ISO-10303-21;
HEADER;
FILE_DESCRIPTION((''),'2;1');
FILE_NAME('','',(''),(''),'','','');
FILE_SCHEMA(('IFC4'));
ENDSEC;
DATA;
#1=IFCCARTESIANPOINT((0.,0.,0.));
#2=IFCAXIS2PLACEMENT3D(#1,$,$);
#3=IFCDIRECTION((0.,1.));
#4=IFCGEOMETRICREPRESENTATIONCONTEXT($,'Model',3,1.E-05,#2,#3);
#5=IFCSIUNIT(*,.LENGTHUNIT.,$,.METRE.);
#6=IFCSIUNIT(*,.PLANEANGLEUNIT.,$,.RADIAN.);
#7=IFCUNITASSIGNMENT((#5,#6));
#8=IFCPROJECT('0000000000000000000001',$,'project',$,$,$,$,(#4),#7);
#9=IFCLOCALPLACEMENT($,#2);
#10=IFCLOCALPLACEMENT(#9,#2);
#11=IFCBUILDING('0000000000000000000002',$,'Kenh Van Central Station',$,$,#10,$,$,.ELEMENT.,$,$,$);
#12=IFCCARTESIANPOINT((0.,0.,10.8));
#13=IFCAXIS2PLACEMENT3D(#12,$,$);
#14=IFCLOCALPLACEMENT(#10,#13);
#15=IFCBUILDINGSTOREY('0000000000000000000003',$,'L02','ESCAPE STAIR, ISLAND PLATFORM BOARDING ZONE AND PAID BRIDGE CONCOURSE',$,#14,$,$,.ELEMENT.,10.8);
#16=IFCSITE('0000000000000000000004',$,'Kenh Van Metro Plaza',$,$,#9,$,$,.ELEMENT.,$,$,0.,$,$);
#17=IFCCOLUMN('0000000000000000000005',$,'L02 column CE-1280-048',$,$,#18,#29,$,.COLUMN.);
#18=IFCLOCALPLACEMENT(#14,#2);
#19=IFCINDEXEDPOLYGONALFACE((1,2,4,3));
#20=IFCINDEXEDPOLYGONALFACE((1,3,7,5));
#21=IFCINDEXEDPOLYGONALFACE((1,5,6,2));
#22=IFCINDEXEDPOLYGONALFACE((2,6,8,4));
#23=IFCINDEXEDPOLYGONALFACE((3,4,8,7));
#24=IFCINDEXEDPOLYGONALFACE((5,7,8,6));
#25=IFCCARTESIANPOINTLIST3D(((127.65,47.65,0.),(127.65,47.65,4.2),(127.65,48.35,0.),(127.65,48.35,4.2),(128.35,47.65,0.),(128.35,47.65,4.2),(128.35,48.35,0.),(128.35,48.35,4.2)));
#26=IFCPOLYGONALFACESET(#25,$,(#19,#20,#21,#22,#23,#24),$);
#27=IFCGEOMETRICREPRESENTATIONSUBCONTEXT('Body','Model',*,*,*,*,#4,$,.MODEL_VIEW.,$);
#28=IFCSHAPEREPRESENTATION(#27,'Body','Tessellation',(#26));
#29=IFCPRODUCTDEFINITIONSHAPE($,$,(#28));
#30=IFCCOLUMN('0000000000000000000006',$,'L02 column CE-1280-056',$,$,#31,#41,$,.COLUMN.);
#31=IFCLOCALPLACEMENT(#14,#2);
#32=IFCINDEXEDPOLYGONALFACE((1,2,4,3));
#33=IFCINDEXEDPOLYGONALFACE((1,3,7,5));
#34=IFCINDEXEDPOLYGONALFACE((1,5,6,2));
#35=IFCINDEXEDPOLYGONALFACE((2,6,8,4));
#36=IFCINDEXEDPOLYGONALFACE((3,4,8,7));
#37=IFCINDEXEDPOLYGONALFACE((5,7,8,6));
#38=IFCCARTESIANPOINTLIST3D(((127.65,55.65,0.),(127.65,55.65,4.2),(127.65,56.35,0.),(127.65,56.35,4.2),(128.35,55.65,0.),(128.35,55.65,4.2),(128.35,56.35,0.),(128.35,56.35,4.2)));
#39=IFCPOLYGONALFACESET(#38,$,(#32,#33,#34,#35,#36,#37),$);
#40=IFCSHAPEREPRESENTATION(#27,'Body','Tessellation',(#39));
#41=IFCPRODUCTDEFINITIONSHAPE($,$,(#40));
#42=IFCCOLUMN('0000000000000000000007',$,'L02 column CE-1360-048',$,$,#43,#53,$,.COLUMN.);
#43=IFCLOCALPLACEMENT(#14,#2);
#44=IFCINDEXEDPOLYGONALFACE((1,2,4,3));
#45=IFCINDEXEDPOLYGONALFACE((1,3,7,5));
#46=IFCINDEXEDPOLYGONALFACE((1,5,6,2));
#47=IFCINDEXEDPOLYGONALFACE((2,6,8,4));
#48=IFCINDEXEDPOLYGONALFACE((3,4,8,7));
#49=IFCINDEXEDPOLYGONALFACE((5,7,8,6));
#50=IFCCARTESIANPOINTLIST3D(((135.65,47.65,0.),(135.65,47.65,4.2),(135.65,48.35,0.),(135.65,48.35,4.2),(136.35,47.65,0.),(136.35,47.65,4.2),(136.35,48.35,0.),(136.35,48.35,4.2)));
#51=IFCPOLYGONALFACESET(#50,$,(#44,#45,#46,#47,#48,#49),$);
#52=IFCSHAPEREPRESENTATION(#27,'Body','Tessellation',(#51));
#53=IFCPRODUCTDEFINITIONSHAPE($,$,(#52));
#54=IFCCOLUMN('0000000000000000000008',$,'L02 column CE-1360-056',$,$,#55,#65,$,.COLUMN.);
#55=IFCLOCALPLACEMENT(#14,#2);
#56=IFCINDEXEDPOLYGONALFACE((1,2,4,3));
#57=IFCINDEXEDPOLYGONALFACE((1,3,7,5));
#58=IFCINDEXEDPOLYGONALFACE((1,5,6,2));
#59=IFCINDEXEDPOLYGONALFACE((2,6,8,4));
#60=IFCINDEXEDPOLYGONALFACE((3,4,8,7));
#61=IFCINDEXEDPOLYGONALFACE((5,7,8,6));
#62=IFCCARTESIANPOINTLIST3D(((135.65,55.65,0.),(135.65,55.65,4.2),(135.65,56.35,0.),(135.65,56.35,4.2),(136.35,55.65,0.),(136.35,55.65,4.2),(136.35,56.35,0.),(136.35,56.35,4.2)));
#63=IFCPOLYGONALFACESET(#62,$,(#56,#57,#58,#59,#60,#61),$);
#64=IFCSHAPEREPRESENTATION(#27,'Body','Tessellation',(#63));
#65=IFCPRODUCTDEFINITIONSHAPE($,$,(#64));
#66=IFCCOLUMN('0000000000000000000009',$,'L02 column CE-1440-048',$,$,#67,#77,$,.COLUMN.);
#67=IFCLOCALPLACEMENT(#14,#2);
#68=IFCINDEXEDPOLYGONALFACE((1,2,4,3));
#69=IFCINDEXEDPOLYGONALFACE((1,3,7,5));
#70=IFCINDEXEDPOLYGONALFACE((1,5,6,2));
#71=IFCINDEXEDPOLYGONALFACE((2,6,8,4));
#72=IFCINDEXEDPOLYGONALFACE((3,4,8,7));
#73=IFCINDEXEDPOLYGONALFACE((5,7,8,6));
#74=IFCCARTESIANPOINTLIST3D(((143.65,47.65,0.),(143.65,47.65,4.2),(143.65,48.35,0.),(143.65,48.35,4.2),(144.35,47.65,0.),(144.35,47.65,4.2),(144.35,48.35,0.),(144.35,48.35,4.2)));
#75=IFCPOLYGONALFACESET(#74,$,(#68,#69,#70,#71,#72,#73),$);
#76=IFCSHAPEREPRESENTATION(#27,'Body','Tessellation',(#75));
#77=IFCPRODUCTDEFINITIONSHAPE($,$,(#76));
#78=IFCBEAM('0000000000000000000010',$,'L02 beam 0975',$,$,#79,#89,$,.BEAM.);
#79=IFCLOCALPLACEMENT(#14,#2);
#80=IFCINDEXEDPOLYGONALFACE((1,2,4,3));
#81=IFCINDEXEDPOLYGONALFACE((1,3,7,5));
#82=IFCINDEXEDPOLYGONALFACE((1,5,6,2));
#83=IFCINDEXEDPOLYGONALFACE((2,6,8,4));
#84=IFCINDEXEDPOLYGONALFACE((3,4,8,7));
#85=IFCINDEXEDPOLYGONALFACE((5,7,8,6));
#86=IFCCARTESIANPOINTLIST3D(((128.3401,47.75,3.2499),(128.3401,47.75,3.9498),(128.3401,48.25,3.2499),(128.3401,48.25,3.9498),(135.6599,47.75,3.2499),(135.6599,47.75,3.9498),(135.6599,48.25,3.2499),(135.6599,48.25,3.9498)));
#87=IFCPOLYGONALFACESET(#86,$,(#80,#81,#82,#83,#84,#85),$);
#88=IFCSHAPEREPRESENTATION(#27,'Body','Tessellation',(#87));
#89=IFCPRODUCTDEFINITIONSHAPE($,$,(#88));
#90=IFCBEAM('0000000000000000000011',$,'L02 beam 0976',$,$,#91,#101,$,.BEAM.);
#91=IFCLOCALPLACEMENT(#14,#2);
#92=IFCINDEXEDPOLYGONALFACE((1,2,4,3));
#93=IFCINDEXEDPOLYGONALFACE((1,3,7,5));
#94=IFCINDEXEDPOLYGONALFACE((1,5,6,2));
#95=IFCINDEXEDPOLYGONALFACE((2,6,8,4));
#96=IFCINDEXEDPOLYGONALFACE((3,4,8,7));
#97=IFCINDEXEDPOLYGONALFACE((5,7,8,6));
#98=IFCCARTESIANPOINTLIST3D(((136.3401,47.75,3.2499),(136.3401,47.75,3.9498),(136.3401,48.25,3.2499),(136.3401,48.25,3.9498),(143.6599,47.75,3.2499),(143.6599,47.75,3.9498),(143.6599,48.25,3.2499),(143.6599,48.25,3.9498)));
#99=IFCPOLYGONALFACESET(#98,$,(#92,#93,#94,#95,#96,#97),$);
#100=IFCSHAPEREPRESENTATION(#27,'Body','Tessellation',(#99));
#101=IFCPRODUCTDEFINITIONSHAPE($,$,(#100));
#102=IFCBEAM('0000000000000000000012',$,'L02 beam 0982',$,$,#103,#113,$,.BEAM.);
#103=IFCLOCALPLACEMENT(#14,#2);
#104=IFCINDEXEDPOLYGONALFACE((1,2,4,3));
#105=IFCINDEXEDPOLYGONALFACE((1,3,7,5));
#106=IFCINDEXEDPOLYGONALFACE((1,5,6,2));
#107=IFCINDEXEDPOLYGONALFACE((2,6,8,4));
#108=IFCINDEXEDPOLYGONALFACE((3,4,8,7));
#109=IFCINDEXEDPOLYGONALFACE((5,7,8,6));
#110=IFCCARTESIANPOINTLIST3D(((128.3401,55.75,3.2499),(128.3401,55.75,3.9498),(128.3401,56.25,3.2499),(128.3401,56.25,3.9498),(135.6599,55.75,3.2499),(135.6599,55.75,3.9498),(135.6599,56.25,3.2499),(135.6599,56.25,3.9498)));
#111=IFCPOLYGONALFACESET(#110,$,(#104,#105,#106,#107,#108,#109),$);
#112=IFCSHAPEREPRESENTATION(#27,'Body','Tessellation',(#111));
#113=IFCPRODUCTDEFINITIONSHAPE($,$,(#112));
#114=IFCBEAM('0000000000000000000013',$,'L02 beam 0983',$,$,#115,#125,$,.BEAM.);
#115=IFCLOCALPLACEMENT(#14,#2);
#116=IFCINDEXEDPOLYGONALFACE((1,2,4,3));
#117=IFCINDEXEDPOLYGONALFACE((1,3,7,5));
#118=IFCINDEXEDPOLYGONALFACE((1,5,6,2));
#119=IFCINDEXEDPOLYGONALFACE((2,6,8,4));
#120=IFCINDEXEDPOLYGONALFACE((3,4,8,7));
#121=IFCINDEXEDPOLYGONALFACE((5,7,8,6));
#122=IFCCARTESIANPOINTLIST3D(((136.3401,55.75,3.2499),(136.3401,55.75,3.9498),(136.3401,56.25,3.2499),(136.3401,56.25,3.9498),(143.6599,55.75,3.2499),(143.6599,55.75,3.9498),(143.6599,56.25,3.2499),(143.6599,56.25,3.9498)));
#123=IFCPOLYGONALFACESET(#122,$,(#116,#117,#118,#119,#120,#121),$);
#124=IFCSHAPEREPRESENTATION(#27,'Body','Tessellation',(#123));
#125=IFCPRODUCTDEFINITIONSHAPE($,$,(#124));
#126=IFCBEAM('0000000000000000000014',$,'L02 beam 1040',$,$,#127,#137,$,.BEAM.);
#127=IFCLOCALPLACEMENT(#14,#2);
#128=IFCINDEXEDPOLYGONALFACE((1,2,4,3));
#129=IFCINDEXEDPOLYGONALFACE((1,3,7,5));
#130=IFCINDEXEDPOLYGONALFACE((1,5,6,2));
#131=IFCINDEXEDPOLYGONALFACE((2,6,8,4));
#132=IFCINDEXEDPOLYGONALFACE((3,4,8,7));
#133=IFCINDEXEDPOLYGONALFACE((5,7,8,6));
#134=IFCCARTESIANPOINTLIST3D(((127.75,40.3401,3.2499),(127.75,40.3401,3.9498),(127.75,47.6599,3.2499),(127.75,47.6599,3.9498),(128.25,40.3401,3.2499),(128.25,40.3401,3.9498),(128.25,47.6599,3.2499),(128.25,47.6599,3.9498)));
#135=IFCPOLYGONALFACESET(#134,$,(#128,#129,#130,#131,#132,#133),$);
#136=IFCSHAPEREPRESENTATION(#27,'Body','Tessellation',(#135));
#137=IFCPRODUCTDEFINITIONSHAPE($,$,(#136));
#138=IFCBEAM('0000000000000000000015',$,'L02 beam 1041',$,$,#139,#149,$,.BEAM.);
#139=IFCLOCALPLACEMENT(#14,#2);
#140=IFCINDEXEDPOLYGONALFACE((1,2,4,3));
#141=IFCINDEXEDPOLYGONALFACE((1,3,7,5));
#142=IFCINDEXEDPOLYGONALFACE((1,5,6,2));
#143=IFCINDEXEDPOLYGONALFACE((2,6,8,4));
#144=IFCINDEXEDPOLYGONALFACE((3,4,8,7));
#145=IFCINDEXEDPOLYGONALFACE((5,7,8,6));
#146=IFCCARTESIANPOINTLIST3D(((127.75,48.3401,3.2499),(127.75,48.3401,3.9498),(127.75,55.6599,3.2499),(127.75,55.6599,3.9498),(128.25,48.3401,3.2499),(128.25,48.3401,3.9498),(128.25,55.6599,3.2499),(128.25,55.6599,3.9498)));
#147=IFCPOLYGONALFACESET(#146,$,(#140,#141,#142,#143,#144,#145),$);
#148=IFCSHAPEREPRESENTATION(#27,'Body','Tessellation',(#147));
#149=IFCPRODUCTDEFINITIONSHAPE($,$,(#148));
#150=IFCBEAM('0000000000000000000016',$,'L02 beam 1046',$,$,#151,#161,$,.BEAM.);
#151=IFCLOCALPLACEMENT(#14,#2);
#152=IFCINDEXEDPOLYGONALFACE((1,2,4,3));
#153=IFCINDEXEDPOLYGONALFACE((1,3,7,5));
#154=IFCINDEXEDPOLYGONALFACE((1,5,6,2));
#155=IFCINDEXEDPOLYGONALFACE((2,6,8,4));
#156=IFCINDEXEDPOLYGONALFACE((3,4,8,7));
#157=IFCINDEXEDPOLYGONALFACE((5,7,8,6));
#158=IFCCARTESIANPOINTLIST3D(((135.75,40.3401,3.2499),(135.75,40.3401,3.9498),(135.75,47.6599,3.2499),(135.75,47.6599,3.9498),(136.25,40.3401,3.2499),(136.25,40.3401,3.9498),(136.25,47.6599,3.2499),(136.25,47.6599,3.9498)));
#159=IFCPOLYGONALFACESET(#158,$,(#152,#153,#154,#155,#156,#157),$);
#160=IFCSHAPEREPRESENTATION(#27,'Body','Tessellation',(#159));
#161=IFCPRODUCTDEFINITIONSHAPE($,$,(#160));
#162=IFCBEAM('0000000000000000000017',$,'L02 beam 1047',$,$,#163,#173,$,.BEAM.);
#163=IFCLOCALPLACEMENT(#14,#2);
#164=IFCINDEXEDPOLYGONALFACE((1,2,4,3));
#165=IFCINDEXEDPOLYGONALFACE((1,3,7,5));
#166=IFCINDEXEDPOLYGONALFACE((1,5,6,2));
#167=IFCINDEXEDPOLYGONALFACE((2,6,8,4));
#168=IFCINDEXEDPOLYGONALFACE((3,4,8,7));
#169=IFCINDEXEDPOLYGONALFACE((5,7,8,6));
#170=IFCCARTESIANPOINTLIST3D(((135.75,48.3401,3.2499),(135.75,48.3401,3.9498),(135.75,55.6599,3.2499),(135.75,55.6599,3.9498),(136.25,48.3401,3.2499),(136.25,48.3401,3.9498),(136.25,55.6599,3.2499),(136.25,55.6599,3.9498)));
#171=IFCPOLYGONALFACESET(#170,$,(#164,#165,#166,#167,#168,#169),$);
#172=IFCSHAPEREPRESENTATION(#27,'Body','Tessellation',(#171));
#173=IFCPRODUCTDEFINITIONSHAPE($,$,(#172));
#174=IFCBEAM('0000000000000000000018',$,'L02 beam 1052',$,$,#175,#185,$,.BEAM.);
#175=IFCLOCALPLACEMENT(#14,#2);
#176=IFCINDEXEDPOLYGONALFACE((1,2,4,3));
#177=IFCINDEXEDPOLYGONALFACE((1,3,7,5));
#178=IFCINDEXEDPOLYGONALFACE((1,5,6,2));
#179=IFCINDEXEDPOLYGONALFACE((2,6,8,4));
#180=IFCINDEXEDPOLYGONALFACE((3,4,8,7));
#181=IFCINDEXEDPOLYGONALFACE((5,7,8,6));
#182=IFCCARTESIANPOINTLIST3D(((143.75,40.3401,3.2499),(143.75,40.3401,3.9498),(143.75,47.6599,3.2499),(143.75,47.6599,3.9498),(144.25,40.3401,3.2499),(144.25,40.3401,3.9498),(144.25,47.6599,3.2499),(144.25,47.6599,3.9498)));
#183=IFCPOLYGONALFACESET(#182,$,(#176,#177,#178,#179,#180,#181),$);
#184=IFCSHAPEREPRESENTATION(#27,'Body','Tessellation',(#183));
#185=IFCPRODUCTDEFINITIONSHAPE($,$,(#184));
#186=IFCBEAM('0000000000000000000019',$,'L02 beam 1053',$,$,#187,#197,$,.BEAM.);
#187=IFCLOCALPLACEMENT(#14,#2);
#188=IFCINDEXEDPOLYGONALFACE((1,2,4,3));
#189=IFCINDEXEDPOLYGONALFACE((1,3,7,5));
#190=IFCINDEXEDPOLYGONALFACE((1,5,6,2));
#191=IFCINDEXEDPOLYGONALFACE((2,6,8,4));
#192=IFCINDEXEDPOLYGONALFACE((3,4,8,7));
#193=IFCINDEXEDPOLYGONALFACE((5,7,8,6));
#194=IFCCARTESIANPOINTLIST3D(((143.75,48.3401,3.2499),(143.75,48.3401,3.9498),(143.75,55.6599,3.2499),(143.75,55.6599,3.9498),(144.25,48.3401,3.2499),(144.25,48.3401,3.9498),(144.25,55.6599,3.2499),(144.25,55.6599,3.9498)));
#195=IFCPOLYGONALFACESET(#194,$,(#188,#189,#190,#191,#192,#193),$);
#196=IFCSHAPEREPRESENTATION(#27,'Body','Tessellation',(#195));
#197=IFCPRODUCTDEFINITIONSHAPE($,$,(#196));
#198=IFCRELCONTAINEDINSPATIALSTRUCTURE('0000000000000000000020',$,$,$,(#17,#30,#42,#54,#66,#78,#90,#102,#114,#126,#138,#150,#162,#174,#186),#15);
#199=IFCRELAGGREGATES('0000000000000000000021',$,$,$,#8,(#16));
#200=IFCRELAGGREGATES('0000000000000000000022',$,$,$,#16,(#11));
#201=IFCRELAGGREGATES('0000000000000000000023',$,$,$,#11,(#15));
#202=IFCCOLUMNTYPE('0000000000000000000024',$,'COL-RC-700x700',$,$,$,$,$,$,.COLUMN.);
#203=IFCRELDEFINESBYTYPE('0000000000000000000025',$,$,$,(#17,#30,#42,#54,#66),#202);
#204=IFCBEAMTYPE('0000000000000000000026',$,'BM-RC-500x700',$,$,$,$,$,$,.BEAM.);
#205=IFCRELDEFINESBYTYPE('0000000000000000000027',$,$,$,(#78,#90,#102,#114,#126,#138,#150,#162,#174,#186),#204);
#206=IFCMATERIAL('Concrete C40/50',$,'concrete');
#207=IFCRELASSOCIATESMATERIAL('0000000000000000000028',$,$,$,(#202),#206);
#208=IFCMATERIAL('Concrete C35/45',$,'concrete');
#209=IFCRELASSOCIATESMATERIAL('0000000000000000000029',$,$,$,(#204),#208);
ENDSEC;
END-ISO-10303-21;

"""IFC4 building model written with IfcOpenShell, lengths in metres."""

from ifc_helpers import new_model, si_unit, direction, frame, origin, origin_2d, place, context, subcontext, project, spatial, rectangle, extrude, material, material_profile, profile_set, type_object, element, save


model = new_model("IFC4")

# Units and contexts
model_context = context("Model", 3, precision=1e-05, world=origin(), true_north=direction((0.0, 1.0)))
body_context = subcontext(model_context, "Body", "Model", "MODEL_VIEW")
ifc_project = project(units=[si_unit("LENGTHUNIT", "METRE"), si_unit("PLANEANGLEUNIT", "RADIAN")], contexts=[model_context])

# Site, building, storey
site_placement = place(None, origin())
site = spatial("IfcSite", under=ifc_project, at=site_placement, Name="Kenh Van Metro Plaza", CompositionType="ELEMENT", RefElevation=0.0)
building_placement = place(site_placement, origin())
building = spatial("IfcBuilding", under=site, at=building_placement, Name="Kenh Van Central Station", CompositionType="ELEMENT")
storey_placement = place(building_placement, frame((0.0, 0.0, 10.8)))
storey = spatial("IfcBuildingStorey", under=building, at=storey_placement, Name="L02", Description="ESCAPE STAIR, ISLAND PLATFORM BOARDING ZONE AND PAID BRIDGE CONCOURSE", CompositionType="ELEMENT", Elevation=10.8)

# Columns
ifc_material_1 = material(Name="Concrete C40/50", Category="concrete")
ifc_material_profile_1 = material_profile(ifc_material_1, rectangle(XDim=0.7, YDim=0.7, at=origin_2d()), Name="RC 700x700")
ifc_profile_set_1 = profile_set([ifc_material_profile_1], Name="Concrete C40/50")
column_type = type_object("IfcColumnType", Name="COL-RC-700x700", PredefinedType="COLUMN", material=ifc_profile_set_1)
for number, where, z_axis, x_axis, name in (
    (1, (128.0, 48.0, 0.0), (0.0, 0.0, 1.0), (1.0, 0.0, 0.0), "L02 column CE-1280-048"),
    (2, (128.0, 56.0, 0.0), (0.0, 0.0, 1.0), (1.0, 0.0, 0.0), "L02 column CE-1280-056"),
    (3, (136.0, 48.0, 0.0), (0.0, 0.0, 1.0), (1.0, 0.0, 0.0), "L02 column CE-1360-048"),
    (4, (136.0, 56.0, 0.0), (0.0, 0.0, 1.0), (1.0, 0.0, 0.0), "L02 column CE-1360-056"),
    (5, (144.0, 48.0, 0.0), (0.0, 0.0, 1.0), (1.0, 0.0, 0.0), "L02 column CE-1440-048"),
):
    element("IfcColumn", number, at=place(storey_placement, frame(where, z_axis=z_axis, x_axis=x_axis)), inside=storey, type_object=column_type, Name=name, PredefinedType="COLUMN", context=body_context, shape_type="SweptSolid", body=[
        extrude(rectangle(XDim=0.7, YDim=0.7, at=origin_2d()), origin(), (0.0, 0.0, 1.0), 4.2),
    ])

# Beams
ifc_material_2 = material(Name="Concrete C35/45", Category="concrete")
ifc_material_profile_2 = material_profile(ifc_material_2, rectangle(XDim=0.5, YDim=0.7, at=origin_2d()), Name="RC 500x700")
ifc_profile_set_2 = profile_set([ifc_material_profile_2], Name="Concrete C35/45")
beam_type_1 = type_object("IfcBeamType", Name="BM-RC-500x700", PredefinedType="BEAM", material=ifc_profile_set_2)
for number, where, z_axis, x_axis, name in (
    (6, (128.3401, 48.0, 3.5999), (1.0, 0.0, 0.0), (0.0, 1.0, 0.0), "L02 beam 0975"),
    (7, (136.3401, 48.0, 3.5999), (1.0, 0.0, 0.0), (0.0, 1.0, 0.0), "L02 beam 0976"),
    (8, (128.3401, 56.0, 3.5999), (1.0, 0.0, 0.0), (0.0, 1.0, 0.0), "L02 beam 0982"),
    (9, (136.3401, 56.0, 3.5999), (1.0, 0.0, 0.0), (0.0, 1.0, 0.0), "L02 beam 0983"),
    (10, (128.0, 40.3401, 3.5999), (0.0, 1.0, 0.0), (-1.0, 0.0, 0.0), "L02 beam 1040"),
    (11, (128.0, 48.3401, 3.5999), (0.0, 1.0, 0.0), (-1.0, 0.0, 0.0), "L02 beam 1041"),
    (12, (136.0, 40.3401, 3.5999), (0.0, 1.0, 0.0), (-1.0, 0.0, 0.0), "L02 beam 1046"),
    (13, (136.0, 48.3401, 3.5999), (0.0, 1.0, 0.0), (-1.0, 0.0, 0.0), "L02 beam 1047"),
    (14, (144.0, 40.3401, 3.5999), (0.0, 1.0, 0.0), (-1.0, 0.0, 0.0), "L02 beam 1052"),
    (15, (144.0, 48.3401, 3.5999), (0.0, 1.0, 0.0), (-1.0, 0.0, 0.0), "L02 beam 1053"),
):
    element("IfcBeam", number, at=place(storey_placement, frame(where, z_axis=z_axis, x_axis=x_axis)), inside=storey, type_object=beam_type_1, Name=name, PredefinedType="BEAM", context=body_context, shape_type="SweptSolid", body=[
        extrude(rectangle(XDim=0.5, YDim=0.7, at=origin_2d()), origin(), (0.0, 0.0, 1.0), 7.3198),
    ])

save(model, "model.ifc")
